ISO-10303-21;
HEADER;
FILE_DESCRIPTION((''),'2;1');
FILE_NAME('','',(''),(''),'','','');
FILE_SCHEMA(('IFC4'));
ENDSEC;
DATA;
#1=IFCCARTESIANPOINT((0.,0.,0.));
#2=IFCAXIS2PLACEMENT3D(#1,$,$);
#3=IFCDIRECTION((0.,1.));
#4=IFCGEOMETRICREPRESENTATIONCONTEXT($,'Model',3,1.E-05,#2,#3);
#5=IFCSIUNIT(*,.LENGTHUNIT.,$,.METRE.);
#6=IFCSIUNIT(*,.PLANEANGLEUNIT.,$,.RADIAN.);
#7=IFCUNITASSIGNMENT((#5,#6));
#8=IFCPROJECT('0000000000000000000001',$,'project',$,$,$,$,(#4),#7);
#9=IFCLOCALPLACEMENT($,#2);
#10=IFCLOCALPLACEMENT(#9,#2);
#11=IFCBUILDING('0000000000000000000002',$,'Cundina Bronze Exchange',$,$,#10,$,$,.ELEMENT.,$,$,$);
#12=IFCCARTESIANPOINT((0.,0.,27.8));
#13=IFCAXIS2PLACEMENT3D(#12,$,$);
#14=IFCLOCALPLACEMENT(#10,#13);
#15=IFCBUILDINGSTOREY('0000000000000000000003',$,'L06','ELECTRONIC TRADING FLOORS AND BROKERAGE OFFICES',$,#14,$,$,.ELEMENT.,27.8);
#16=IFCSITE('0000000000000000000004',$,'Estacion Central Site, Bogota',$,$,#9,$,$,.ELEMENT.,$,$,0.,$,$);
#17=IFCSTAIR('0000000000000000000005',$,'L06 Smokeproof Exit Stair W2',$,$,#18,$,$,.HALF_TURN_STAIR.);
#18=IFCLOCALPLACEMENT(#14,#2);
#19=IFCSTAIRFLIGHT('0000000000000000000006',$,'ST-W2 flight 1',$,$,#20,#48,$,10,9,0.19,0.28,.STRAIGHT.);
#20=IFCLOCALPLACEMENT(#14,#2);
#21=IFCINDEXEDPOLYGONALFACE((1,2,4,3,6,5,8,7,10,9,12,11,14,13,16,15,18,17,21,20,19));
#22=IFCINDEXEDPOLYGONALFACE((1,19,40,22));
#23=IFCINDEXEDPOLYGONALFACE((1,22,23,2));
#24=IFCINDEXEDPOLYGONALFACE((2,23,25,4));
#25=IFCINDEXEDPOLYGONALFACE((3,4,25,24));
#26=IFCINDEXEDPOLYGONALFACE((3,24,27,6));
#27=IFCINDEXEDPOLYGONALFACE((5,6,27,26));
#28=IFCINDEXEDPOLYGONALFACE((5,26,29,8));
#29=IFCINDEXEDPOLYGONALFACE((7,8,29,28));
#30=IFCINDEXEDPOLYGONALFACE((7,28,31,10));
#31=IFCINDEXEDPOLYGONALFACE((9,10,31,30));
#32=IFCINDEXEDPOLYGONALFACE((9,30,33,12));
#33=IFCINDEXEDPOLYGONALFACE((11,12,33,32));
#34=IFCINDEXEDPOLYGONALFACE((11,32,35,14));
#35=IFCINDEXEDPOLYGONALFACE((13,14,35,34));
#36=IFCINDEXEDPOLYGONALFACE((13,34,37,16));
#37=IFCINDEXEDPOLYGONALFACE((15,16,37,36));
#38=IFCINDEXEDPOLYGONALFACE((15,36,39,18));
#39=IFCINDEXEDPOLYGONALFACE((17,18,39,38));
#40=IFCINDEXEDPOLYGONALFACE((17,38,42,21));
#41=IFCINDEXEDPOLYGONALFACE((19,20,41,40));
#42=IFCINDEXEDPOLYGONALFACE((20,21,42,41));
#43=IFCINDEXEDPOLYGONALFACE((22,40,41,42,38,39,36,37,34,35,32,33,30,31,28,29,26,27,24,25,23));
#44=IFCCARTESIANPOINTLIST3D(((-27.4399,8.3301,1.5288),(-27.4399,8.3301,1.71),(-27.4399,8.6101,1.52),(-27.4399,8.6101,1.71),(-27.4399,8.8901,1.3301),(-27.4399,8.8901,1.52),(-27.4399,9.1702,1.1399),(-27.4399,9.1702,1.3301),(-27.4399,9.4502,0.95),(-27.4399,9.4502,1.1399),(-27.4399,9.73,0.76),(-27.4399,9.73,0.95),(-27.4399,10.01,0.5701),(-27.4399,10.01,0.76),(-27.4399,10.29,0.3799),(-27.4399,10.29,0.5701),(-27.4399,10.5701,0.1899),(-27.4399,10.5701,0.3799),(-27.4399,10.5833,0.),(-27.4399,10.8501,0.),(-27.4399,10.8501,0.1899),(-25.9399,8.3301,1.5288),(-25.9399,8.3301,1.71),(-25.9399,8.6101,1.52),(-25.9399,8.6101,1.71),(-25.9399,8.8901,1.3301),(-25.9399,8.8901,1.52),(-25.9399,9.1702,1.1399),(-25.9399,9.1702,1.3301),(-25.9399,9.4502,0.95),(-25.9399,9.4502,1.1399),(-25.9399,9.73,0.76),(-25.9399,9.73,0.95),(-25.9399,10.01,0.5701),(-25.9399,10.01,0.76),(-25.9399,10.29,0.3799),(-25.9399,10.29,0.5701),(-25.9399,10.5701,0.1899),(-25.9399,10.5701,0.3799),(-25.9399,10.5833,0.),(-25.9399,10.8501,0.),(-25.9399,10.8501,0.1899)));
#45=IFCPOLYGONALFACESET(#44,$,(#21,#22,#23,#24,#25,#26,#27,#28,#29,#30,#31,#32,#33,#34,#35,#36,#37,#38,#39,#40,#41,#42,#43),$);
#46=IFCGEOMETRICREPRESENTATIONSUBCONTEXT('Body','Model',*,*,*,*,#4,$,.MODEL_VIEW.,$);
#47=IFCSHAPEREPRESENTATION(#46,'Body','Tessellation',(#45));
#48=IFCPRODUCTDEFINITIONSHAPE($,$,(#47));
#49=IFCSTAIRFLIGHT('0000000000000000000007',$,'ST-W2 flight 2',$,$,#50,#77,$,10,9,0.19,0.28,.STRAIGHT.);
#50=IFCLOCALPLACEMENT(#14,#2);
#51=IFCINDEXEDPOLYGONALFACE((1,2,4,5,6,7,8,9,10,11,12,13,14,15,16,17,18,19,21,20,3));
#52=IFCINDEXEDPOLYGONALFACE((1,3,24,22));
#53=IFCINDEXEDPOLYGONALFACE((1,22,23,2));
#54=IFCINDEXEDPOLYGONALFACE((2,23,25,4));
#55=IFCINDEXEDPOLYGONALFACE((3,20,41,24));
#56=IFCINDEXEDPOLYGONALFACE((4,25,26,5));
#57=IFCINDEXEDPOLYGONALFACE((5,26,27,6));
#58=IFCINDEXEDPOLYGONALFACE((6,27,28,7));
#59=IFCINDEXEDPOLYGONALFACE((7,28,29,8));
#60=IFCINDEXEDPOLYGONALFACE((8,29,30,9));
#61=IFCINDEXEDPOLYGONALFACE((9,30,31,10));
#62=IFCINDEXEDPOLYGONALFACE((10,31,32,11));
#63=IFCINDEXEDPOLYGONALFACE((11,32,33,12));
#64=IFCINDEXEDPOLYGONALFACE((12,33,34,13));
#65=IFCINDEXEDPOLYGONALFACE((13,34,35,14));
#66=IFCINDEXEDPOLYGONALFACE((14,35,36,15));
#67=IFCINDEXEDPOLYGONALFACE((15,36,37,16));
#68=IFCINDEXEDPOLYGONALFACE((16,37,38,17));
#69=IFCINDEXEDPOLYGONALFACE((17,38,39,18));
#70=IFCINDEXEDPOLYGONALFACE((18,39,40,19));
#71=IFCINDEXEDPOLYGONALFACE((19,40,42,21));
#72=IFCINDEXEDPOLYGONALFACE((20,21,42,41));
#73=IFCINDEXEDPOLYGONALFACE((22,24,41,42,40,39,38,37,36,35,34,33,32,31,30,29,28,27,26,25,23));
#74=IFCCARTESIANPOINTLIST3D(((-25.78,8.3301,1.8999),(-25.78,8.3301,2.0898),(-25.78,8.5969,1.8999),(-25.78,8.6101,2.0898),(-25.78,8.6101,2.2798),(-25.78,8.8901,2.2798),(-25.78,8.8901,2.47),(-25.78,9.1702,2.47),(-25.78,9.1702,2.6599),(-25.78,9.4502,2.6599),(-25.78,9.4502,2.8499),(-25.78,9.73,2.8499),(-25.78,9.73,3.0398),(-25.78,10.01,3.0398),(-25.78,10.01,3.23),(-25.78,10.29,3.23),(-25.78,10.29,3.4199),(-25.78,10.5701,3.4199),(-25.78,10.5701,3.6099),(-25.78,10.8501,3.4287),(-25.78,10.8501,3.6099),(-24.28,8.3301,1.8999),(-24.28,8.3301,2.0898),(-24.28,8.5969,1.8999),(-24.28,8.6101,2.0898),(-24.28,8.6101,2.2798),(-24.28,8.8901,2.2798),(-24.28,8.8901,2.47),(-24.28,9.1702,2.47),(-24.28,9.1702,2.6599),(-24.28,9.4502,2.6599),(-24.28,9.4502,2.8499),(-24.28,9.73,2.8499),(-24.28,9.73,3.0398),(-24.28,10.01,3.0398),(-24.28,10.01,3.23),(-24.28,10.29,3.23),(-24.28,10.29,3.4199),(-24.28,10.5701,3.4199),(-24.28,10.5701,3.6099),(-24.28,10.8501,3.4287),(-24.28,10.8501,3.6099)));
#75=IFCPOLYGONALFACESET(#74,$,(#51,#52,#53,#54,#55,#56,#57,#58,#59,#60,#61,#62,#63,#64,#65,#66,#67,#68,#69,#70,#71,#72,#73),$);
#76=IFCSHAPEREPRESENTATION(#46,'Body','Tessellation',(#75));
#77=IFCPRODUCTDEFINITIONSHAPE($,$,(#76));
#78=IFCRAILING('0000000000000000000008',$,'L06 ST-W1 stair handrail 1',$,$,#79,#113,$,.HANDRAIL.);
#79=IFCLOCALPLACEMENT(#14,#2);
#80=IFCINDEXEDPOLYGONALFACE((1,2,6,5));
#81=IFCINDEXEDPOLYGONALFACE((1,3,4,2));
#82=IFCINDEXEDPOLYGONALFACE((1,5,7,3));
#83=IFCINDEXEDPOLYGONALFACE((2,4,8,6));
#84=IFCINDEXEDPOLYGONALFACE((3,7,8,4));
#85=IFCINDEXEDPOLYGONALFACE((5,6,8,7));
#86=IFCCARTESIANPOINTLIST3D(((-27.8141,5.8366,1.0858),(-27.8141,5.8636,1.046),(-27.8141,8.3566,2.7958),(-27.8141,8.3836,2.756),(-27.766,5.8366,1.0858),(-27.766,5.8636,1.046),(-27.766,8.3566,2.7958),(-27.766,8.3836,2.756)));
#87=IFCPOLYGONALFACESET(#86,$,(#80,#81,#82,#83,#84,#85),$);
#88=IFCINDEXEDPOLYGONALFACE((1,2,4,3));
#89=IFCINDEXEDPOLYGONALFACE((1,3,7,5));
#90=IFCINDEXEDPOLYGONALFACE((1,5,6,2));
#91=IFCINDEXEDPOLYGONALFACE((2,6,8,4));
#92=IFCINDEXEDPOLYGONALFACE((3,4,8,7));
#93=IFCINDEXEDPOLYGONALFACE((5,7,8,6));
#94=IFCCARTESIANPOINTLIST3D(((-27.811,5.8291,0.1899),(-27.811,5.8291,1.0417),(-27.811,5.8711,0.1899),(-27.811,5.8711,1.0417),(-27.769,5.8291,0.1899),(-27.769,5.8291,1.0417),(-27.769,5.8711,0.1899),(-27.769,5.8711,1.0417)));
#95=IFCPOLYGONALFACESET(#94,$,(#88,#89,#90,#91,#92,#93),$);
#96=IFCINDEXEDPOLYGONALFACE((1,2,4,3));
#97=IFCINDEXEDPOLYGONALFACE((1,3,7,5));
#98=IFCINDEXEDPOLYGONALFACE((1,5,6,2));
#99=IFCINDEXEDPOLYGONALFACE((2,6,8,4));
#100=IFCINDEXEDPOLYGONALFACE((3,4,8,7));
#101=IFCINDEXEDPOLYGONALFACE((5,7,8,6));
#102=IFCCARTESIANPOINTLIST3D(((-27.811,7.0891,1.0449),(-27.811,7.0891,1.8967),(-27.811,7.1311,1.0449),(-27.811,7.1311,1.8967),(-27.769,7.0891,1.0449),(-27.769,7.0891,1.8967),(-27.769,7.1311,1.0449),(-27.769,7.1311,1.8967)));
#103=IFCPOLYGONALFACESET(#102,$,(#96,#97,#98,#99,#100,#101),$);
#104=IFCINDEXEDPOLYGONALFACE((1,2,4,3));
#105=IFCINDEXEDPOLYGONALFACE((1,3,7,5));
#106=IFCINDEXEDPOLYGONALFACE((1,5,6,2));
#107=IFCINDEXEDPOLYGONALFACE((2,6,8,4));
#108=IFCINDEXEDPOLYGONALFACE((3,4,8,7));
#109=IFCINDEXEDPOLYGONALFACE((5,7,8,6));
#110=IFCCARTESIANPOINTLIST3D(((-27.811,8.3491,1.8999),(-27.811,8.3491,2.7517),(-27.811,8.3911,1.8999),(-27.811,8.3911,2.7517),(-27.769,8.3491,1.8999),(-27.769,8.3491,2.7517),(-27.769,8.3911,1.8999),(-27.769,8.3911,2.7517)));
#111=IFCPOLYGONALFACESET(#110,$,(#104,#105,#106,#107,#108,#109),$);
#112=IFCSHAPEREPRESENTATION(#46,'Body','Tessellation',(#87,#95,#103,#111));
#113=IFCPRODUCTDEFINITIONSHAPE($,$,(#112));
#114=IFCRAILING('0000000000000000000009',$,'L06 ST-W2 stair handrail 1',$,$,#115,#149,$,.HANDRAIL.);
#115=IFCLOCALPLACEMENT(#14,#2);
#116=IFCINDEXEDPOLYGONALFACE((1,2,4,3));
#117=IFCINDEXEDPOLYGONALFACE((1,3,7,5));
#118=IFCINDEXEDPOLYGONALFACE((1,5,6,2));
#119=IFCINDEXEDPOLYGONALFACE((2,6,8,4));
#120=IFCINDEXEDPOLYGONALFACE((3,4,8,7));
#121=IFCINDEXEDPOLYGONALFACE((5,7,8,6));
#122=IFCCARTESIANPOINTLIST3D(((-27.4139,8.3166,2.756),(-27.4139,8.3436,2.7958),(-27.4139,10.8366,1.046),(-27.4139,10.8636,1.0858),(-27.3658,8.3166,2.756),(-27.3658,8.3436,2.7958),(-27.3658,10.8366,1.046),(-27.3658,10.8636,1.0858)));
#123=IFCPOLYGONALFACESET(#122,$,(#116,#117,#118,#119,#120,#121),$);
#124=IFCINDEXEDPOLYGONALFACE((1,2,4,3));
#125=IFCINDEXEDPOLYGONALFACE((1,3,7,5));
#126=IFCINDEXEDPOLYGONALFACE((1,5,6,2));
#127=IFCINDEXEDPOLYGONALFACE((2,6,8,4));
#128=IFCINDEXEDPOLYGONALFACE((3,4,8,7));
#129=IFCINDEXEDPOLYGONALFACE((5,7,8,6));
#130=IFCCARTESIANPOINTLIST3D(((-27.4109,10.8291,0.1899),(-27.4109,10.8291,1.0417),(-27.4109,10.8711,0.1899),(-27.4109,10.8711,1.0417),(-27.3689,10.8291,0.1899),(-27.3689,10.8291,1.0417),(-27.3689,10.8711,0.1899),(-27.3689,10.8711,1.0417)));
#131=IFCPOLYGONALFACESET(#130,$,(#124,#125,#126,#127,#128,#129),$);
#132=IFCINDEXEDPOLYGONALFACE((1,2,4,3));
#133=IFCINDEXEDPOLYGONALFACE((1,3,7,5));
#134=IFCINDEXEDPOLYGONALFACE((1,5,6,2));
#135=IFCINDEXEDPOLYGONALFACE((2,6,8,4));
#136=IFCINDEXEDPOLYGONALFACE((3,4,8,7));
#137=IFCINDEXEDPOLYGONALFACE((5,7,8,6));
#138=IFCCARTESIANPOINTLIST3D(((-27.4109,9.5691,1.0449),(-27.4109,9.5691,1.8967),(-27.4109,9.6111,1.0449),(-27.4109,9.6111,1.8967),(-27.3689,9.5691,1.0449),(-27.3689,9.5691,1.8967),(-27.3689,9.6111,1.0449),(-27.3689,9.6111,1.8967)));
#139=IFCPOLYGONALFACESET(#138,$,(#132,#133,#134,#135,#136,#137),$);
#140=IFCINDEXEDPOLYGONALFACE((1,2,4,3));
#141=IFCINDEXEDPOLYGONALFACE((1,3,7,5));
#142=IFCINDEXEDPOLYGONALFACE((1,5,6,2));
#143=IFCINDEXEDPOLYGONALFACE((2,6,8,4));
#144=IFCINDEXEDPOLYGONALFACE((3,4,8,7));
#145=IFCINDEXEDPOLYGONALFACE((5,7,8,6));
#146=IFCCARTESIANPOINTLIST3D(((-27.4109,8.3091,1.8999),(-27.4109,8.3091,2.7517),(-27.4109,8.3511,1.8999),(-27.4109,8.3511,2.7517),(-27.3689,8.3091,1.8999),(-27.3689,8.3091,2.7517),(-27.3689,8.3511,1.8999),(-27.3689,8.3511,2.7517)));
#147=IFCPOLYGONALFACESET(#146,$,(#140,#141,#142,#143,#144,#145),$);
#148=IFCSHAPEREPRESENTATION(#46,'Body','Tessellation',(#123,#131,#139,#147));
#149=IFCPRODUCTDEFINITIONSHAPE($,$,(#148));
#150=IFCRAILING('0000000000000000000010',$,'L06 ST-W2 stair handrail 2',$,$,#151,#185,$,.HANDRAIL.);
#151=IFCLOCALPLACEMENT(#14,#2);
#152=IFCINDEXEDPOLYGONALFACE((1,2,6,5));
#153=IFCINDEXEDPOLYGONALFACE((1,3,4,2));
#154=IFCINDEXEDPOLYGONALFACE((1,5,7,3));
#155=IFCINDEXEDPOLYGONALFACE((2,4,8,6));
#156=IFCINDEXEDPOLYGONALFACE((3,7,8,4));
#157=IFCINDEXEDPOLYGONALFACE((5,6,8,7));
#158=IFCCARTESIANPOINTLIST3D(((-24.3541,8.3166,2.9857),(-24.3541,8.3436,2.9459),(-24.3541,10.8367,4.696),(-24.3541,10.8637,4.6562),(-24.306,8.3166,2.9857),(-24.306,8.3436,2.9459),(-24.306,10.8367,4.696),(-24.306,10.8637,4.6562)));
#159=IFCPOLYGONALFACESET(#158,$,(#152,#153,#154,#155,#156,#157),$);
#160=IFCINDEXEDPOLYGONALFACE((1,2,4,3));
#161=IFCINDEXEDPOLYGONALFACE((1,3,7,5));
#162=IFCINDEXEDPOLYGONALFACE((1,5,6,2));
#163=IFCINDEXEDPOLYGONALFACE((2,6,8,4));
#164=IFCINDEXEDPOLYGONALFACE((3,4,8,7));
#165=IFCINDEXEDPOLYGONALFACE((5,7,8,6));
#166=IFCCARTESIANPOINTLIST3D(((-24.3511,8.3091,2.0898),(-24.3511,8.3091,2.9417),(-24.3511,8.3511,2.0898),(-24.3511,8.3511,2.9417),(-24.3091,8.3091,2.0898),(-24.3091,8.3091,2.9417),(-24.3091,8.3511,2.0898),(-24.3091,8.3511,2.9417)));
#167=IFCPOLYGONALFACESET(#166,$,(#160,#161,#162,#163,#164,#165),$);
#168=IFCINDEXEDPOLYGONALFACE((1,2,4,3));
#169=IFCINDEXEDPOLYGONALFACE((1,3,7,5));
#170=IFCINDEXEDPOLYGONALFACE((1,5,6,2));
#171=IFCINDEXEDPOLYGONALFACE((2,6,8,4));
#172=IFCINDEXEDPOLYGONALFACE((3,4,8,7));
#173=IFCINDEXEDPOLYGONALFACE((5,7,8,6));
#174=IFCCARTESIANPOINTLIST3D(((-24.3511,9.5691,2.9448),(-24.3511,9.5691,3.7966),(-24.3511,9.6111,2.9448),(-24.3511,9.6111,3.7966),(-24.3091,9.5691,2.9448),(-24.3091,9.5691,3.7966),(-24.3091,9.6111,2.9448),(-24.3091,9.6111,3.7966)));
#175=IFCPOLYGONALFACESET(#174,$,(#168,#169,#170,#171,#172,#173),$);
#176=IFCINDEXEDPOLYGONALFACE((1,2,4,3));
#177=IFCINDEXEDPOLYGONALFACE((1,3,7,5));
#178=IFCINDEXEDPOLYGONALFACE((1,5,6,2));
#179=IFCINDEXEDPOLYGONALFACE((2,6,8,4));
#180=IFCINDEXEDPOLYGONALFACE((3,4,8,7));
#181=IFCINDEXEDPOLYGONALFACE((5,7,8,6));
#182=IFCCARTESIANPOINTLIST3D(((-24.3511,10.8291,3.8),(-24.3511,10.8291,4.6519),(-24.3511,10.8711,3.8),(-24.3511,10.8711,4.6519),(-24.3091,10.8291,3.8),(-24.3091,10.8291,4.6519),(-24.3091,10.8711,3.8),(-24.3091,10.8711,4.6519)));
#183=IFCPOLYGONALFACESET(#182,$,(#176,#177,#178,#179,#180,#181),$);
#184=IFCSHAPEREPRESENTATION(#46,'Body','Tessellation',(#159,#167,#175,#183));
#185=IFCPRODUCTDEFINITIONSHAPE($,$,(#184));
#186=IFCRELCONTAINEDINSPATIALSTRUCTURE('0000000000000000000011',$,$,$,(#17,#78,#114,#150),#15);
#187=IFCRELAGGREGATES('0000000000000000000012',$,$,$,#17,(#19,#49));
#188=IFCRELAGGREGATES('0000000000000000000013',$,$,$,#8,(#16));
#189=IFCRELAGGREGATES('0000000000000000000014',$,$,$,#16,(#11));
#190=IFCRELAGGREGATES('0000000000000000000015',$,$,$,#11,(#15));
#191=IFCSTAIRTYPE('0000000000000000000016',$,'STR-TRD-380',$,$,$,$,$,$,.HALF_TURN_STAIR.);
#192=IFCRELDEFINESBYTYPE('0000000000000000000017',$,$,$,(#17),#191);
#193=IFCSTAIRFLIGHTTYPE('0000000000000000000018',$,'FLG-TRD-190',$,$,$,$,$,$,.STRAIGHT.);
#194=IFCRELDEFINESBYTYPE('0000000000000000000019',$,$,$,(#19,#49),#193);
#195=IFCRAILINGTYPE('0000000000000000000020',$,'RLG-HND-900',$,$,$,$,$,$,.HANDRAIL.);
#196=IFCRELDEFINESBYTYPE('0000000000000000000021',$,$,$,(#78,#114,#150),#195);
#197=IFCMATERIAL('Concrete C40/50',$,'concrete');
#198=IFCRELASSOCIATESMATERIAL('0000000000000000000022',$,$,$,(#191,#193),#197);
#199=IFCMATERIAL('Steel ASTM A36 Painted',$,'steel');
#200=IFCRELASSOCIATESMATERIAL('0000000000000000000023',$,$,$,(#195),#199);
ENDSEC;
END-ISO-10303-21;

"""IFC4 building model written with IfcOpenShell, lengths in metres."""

from ifc_helpers import new_model, si_unit, direction, frame, origin, origin_2d, place, context, subcontext, project, spatial, polyline, rectangle, outline, extrude, material, type_object, element, aggregate, save


model = new_model("IFC4")

# Units and contexts
model_context = context("Model", 3, precision=1e-05, world=origin(), true_north=direction((0.0, 1.0)))
body_context = subcontext(model_context, "Body", "Model", "MODEL_VIEW")
ifc_project = project(units=[si_unit("LENGTHUNIT", "METRE"), si_unit("PLANEANGLEUNIT", "RADIAN")], contexts=[model_context])

# Site, building, storey
site_placement = place(None, origin())
site = spatial("IfcSite", under=ifc_project, at=site_placement, Name="Estacion Central Site, Bogota", CompositionType="ELEMENT", RefElevation=0.0)
building_placement = place(site_placement, origin())
building = spatial("IfcBuilding", under=site, at=building_placement, Name="Cundina Bronze Exchange", CompositionType="ELEMENT")
storey_placement = place(building_placement, frame((0.0, 0.0, 27.8)))
storey = spatial("IfcBuildingStorey", under=building, at=storey_placement, Name="L06", Description="ELECTRONIC TRADING FLOORS AND BROKERAGE OFFICES", CompositionType="ELEMENT", Elevation=27.8)

# Shared definitions
ifc_material_1 = material(Name="Steel ASTM A36 Painted", Category="steel")

# Shared definitions
ifc_material_2 = material(Name="Concrete C40/50", Category="concrete")
stair_type = type_object("IfcStairType", Name="STR-TRD-380", PredefinedType="HALF_TURN_STAIR", material=ifc_material_2)
stair_flight_type = type_object("IfcStairFlightType", Name="FLG-TRD-190", PredefinedType="STRAIGHT", material=ifc_material_2)

# Stair, stair flights
stair_1_placement = place(storey_placement, origin())
stair_1 = element("IfcStair", 1, at=stair_1_placement, inside=storey, type_object=stair_type, Name="L06 Smokeproof Exit Stair W2", PredefinedType="HALF_TURN_STAIR")
stair_flight_1_placement = place(storey_placement, frame((-26.6899, 10.8501, 0.0), z_axis=(0.0, 0.0, 1.0), x_axis=(0.0, -1.0, 0.0)))
stair_flight_1 = element("IfcStairFlight", 2, at=stair_flight_1_placement, type_object=stair_flight_type, Name="ST-W2 flight 1", NumberOfRisers=10, NumberOfTreads=9, PredefinedType="STRAIGHT", RiserHeight=0.19, TreadLength=0.28, context=body_context, shape_type="SweptSolid", body=[
    extrude(outline(polyline([(0.0, 0.0), (0.0, 0.1899), (0.28, 0.1899), (0.28, 0.3799), (0.5601, 0.3799), (0.5601, 0.5701), (0.8401, 0.5701), (0.8401, 0.76), (1.1201, 0.76), (1.1201, 0.95), (1.3999, 0.95), (1.3999, 1.1399), (1.6799, 1.1399), (1.6799, 1.3301), (1.96, 1.3301), (1.96, 1.52), (2.24, 1.52), (2.24, 1.71), (2.52, 1.71), (2.52, 1.8999), (2.52, 1.5288), (0.2668, 0.0), (0.0, 0.0)])), frame((0.0, 0.75, 0.0), z_axis=(0.0, -1.0, 0.0), x_axis=(1.0, 0.0, 0.0)), (0.0, 0.0, 1.0), 1.5),
])
stair_flight_2_placement = place(storey_placement, frame((-25.03, 8.3301, 1.8999), z_axis=(0.0, 0.0, 1.0), x_axis=(0.0, 1.0, 0.0)))
stair_flight_2 = element("IfcStairFlight", 3, at=stair_flight_2_placement, type_object=stair_flight_type, Name="ST-W2 flight 2", NumberOfRisers=10, NumberOfTreads=9, PredefinedType="STRAIGHT", RiserHeight=0.19, TreadLength=0.28, context=body_context, shape_type="SweptSolid", body=[
    extrude(outline(polyline([(0.0, 0.0), (0.0, 0.1899), (0.28, 0.1899), (0.28, 0.3799), (0.5601, 0.3799), (0.5601, 0.5701), (0.8401, 0.5701), (0.8401, 0.76), (1.1201, 0.76), (1.1201, 0.95), (1.3999, 0.95), (1.3999, 1.1399), (1.6799, 1.1399), (1.6799, 1.3301), (1.96, 1.3301), (1.96, 1.52), (2.24, 1.52), (2.24, 1.71), (2.52, 1.71), (2.52, 1.8999), (2.52, 1.5288), (0.2668, 0.0), (0.0, 0.0)])), frame((0.0, 0.75, 0.0), z_axis=(0.0, -1.0, 0.0), x_axis=(1.0, 0.0, 0.0)), (0.0, 0.0, 1.0), 1.5),
])
aggregate(stair_1, [stair_flight_1, stair_flight_2])

# Railings
railing_type_1 = type_object("IfcRailingType", Name="RLG-HND-900", PredefinedType="HANDRAIL", material=ifc_material_1)
railing_1_placement = place(storey_placement, frame((-27.79, 5.8501, 0.1899)))
element("IfcRailing", 4, at=railing_1_placement, inside=storey, type_object=railing_type_1, Name="L06 ST-W1 stair handrail 1", PredefinedType="HANDRAIL", context=body_context, shape_type="SweptSolid", body=[
    extrude(rectangle(XDim=0.0481, YDim=0.0481, at=origin_2d()), frame((0.0, 0.0, 0.876), z_axis=(0.0, 0.827484, 0.56149), x_axis=(-1.0, 0.0, 0.0)), (0.0, 0.0, 1.0), 3.0454),
    extrude(rectangle(XDim=0.042, YDim=0.042, at=origin_2d()), origin(), (0.0, 0.0, 1.0), 0.8518),
    extrude(rectangle(XDim=0.042, YDim=0.042, at=origin_2d()), frame((0.0, 1.26, 0.855)), (0.0, 0.0, 1.0), 0.8518),
    extrude(rectangle(XDim=0.042, YDim=0.042, at=origin_2d()), frame((0.0, 2.52, 1.71)), (0.0, 0.0, 1.0), 0.8518),
])
railing_2_placement = place(storey_placement, frame((-27.3899, 10.8501, 0.1899)))
element("IfcRailing", 5, at=railing_2_placement, inside=storey, type_object=railing_type_1, Name="L06 ST-W2 stair handrail 1", PredefinedType="HANDRAIL", context=body_context, shape_type="SweptSolid", body=[
    extrude(rectangle(XDim=0.0481, YDim=0.0481, at=origin_2d()), frame((0.0, 0.0, 0.876), z_axis=(0.0, -0.827484, 0.56149), x_axis=(1.0, 0.0, 0.0)), (0.0, 0.0, 1.0), 3.0454),
    extrude(rectangle(XDim=0.042, YDim=0.042, at=origin_2d()), origin(), (0.0, 0.0, 1.0), 0.8518),
    extrude(rectangle(XDim=0.042, YDim=0.042, at=origin_2d()), frame((0.0, -1.26, 0.855)), (0.0, 0.0, 1.0), 0.8518),
    extrude(rectangle(XDim=0.042, YDim=0.042, at=origin_2d()), frame((0.0, -2.52, 1.71)), (0.0, 0.0, 1.0), 0.8518),
])
railing_3_placement = place(storey_placement, frame((-24.3301, 8.3301, 2.0898)))
element("IfcRailing", 6, at=railing_3_placement, inside=storey, type_object=railing_type_1, Name="L06 ST-W2 stair handrail 2", PredefinedType="HANDRAIL", context=body_context, shape_type="SweptSolid", body=[
    extrude(rectangle(XDim=0.0481, YDim=0.0481, at=origin_2d()), frame((0.0, 0.0, 0.876), z_axis=(0.0, 0.827447, 0.561545), x_axis=(-1.0, 0.0, 0.0)), (0.0, 0.0, 1.0), 3.0457),
    extrude(rectangle(XDim=0.042, YDim=0.042, at=origin_2d()), origin(), (0.0, 0.0, 1.0), 0.8518),
    extrude(rectangle(XDim=0.042, YDim=0.042, at=origin_2d()), frame((0.0, 1.26, 0.855)), (0.0, 0.0, 1.0), 0.8518),
    extrude(rectangle(XDim=0.042, YDim=0.042, at=origin_2d()), frame((0.0, 2.52, 1.7102)), (0.0, 0.0, 1.0), 0.8518),
])

save(model, "model.ifc")
